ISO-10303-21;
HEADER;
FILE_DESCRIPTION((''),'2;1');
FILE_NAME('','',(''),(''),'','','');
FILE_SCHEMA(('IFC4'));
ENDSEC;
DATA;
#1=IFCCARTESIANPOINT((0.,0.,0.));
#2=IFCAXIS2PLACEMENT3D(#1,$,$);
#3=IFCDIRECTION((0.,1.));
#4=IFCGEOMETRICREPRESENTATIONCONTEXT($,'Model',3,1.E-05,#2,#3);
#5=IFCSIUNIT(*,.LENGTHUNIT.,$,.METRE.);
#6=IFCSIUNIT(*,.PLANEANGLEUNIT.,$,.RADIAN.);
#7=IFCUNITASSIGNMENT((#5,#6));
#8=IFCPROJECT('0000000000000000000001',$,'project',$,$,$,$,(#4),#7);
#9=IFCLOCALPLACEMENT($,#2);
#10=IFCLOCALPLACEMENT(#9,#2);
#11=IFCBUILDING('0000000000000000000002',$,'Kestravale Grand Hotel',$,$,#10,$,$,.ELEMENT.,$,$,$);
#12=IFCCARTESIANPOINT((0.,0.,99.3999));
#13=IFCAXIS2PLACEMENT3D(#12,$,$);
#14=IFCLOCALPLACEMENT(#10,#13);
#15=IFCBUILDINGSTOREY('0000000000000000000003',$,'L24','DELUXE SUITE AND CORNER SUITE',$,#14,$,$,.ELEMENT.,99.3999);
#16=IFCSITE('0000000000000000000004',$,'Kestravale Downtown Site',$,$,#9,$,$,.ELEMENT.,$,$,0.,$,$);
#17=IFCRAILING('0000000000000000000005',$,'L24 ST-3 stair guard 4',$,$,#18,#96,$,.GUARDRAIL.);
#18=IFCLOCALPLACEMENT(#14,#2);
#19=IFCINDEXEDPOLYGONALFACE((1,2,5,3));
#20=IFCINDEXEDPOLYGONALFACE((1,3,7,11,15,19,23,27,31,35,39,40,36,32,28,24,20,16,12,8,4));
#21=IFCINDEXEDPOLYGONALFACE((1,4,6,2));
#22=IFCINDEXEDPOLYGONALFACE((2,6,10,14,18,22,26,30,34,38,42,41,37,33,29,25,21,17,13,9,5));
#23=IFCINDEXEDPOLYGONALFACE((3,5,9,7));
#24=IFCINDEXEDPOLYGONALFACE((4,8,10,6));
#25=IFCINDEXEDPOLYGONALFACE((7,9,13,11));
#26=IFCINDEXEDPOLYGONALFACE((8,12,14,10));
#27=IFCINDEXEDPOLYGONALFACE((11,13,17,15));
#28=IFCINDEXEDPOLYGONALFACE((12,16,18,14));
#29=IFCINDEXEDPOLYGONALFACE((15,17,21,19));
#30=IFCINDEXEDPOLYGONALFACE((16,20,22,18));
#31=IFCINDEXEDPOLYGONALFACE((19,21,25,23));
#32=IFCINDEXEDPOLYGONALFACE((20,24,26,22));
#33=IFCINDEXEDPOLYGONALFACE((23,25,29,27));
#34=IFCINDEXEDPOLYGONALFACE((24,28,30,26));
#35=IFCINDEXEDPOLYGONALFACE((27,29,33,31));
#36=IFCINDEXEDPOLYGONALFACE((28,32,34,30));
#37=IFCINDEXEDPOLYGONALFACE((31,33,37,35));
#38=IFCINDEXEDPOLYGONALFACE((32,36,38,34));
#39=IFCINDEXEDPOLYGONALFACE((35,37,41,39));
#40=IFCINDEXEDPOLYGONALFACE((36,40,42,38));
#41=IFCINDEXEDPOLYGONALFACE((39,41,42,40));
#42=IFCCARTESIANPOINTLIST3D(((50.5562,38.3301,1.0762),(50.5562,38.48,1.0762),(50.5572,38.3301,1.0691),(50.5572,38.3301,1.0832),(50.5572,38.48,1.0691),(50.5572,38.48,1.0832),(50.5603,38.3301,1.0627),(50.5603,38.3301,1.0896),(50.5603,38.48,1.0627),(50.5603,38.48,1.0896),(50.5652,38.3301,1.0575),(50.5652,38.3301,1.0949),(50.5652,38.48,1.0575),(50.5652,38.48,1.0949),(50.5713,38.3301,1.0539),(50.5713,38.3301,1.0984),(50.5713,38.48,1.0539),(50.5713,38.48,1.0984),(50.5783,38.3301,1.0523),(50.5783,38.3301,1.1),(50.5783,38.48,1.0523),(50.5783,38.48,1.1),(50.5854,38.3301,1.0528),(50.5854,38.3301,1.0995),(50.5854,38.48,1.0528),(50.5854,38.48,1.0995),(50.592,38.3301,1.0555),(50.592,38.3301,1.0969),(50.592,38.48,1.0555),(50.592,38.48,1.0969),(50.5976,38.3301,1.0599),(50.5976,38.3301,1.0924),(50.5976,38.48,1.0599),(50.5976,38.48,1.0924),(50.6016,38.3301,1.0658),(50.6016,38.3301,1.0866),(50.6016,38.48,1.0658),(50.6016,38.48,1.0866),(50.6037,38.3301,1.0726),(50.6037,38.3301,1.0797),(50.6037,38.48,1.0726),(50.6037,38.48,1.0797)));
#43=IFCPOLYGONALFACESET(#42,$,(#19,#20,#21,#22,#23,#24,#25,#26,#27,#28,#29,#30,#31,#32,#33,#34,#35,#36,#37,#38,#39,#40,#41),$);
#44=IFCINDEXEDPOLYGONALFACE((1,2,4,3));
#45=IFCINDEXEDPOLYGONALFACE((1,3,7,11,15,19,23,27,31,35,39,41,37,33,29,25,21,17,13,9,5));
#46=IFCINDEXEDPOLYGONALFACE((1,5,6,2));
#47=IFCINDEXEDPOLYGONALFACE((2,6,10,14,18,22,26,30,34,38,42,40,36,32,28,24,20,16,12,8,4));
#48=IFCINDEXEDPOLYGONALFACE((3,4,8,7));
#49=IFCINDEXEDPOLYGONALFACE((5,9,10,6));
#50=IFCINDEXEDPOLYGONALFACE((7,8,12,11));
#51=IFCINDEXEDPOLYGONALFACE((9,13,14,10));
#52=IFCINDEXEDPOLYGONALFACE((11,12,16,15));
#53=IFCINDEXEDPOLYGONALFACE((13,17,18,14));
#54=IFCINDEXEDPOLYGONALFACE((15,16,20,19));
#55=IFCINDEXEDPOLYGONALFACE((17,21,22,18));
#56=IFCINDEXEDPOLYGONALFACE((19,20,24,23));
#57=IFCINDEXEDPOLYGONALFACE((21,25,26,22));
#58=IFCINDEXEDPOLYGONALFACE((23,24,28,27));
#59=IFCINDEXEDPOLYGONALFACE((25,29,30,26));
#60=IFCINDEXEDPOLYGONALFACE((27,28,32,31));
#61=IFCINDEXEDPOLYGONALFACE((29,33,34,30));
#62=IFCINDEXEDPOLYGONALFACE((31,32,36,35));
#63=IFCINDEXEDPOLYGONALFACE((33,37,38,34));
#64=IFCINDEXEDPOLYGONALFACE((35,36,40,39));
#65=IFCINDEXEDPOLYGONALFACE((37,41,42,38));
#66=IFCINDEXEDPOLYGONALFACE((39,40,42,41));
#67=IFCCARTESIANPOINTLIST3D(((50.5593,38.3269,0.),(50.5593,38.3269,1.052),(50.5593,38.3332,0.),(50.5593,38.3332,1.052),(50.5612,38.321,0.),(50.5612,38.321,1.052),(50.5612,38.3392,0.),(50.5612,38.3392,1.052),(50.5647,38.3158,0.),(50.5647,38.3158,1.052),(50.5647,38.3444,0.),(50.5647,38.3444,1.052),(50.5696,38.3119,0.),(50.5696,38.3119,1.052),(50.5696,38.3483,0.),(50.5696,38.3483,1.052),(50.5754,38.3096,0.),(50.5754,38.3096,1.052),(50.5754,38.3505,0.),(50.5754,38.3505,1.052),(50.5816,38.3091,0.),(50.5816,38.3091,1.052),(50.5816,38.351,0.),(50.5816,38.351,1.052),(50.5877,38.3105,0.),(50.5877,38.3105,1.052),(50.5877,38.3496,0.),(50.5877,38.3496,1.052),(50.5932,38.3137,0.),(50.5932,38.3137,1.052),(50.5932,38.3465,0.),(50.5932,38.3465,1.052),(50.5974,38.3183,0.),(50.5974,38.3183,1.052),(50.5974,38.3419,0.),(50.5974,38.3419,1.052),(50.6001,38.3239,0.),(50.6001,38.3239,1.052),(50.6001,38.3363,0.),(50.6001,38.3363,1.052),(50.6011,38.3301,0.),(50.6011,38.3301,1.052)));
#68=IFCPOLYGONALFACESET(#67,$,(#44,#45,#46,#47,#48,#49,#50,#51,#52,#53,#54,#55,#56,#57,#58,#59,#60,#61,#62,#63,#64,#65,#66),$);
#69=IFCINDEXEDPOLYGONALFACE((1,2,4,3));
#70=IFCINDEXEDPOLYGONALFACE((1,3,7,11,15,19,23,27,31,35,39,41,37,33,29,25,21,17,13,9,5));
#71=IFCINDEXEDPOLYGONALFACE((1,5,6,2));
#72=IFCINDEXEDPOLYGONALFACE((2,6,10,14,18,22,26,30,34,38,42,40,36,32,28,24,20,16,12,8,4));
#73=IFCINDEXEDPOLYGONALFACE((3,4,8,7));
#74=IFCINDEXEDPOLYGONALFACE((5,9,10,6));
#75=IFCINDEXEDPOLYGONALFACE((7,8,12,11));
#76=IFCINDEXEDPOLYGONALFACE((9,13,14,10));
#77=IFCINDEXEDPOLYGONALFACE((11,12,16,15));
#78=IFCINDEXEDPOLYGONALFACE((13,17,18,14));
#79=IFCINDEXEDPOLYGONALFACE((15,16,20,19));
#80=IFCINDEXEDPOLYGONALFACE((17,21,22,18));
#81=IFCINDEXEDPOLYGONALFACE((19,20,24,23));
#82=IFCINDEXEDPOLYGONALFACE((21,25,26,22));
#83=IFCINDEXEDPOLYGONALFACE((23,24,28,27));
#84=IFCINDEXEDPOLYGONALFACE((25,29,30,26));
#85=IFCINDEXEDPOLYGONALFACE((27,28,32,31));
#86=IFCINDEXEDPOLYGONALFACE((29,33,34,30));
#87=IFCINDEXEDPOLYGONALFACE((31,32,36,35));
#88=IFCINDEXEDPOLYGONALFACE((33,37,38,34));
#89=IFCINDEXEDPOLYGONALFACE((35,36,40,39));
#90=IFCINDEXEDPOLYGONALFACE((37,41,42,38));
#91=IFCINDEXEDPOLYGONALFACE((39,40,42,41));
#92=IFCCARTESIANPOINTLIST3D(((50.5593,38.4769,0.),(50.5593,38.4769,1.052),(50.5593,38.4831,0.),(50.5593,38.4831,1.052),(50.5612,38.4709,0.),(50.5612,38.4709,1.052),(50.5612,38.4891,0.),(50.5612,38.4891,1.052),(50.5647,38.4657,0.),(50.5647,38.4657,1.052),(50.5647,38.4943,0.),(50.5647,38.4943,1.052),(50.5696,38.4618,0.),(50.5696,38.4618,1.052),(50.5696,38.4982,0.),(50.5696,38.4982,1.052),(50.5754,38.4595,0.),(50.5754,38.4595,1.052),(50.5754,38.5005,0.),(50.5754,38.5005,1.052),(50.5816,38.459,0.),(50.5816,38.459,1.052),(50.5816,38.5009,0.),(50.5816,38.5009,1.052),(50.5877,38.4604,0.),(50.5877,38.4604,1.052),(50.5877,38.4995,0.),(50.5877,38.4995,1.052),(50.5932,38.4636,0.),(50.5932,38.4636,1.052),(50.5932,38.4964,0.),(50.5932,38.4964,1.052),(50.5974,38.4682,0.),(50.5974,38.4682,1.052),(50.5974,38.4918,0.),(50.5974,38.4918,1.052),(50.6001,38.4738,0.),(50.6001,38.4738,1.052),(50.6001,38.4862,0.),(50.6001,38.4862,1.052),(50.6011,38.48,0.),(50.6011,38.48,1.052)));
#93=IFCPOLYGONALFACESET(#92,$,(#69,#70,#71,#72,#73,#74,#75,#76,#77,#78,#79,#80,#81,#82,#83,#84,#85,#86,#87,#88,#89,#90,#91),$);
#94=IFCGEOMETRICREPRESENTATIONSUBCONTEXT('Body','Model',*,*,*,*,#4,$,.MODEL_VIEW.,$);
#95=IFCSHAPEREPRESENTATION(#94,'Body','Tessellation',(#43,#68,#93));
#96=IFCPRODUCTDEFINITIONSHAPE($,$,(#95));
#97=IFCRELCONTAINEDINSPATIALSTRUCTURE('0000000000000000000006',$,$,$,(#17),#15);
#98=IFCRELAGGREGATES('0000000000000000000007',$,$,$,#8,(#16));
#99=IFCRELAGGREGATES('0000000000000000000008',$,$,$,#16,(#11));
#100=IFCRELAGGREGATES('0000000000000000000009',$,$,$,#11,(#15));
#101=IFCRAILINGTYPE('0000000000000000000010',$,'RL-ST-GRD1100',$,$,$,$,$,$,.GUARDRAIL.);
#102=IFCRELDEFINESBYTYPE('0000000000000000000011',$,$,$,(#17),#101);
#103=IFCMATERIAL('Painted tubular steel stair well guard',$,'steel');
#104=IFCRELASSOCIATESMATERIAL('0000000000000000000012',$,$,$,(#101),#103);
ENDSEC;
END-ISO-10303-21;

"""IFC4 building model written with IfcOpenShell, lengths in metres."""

from ifc_helpers import new_model, si_unit, direction, frame, origin, origin_2d, place, context, subcontext, project, spatial, circle, extrude, material, type_object, element, save


model = new_model("IFC4")

# Units and contexts
model_context = context("Model", 3, precision=1e-05, world=origin(), true_north=direction((0.0, 1.0)))
body_context = subcontext(model_context, "Body", "Model", "MODEL_VIEW")
ifc_project = project(units=[si_unit("LENGTHUNIT", "METRE"), si_unit("PLANEANGLEUNIT", "RADIAN")], contexts=[model_context])

# Site, building, storey
site_placement = place(None, origin())
site = spatial("IfcSite", under=ifc_project, at=site_placement, Name="Kestravale Downtown Site", CompositionType="ELEMENT", RefElevation=0.0)
building_placement = place(site_placement, origin())
building = spatial("IfcBuilding", under=site, at=building_placement, Name="Kestravale Grand Hotel", CompositionType="ELEMENT")
storey_placement = place(building_placement, frame((0.0, 0.0, 99.3999)))
storey = spatial("IfcBuildingStorey", under=building, at=storey_placement, Name="L24", Description="DELUXE SUITE AND CORNER SUITE", CompositionType="ELEMENT", Elevation=99.3999)

# Railing
ifc_material_1 = material(Name="Painted tubular steel stair well guard", Category="steel")
railing_type_1 = type_object("IfcRailingType", Name="RL-ST-GRD1100", PredefinedType="GUARDRAIL", material=ifc_material_1)
railing_1_placement = place(storey_placement, frame((50.5801, 38.3301, 0.0)))
element("IfcRailing", 1, at=railing_1_placement, inside=storey, type_object=railing_type_1, Name="L24 ST-3 stair guard 4", PredefinedType="GUARDRAIL", context=body_context, shape_type="SweptSolid", body=[
    extrude(circle(Radius=0.0239, at=origin_2d()), frame((0.0, 0.0, 1.0762), z_axis=(0.0, 1.0, 0.0), x_axis=(-1.0, 0.0, 0.0)), (0.0, 0.0, 1.0), 0.1499),
    extrude(circle(Radius=0.021, at=origin_2d()), origin(), (0.0, 0.0, 1.0), 1.052),
    extrude(circle(Radius=0.021, at=origin_2d()), frame((0.0, 0.1499, 0.0)), (0.0, 0.0, 1.0), 1.052),
])

save(model, "model.ifc")
